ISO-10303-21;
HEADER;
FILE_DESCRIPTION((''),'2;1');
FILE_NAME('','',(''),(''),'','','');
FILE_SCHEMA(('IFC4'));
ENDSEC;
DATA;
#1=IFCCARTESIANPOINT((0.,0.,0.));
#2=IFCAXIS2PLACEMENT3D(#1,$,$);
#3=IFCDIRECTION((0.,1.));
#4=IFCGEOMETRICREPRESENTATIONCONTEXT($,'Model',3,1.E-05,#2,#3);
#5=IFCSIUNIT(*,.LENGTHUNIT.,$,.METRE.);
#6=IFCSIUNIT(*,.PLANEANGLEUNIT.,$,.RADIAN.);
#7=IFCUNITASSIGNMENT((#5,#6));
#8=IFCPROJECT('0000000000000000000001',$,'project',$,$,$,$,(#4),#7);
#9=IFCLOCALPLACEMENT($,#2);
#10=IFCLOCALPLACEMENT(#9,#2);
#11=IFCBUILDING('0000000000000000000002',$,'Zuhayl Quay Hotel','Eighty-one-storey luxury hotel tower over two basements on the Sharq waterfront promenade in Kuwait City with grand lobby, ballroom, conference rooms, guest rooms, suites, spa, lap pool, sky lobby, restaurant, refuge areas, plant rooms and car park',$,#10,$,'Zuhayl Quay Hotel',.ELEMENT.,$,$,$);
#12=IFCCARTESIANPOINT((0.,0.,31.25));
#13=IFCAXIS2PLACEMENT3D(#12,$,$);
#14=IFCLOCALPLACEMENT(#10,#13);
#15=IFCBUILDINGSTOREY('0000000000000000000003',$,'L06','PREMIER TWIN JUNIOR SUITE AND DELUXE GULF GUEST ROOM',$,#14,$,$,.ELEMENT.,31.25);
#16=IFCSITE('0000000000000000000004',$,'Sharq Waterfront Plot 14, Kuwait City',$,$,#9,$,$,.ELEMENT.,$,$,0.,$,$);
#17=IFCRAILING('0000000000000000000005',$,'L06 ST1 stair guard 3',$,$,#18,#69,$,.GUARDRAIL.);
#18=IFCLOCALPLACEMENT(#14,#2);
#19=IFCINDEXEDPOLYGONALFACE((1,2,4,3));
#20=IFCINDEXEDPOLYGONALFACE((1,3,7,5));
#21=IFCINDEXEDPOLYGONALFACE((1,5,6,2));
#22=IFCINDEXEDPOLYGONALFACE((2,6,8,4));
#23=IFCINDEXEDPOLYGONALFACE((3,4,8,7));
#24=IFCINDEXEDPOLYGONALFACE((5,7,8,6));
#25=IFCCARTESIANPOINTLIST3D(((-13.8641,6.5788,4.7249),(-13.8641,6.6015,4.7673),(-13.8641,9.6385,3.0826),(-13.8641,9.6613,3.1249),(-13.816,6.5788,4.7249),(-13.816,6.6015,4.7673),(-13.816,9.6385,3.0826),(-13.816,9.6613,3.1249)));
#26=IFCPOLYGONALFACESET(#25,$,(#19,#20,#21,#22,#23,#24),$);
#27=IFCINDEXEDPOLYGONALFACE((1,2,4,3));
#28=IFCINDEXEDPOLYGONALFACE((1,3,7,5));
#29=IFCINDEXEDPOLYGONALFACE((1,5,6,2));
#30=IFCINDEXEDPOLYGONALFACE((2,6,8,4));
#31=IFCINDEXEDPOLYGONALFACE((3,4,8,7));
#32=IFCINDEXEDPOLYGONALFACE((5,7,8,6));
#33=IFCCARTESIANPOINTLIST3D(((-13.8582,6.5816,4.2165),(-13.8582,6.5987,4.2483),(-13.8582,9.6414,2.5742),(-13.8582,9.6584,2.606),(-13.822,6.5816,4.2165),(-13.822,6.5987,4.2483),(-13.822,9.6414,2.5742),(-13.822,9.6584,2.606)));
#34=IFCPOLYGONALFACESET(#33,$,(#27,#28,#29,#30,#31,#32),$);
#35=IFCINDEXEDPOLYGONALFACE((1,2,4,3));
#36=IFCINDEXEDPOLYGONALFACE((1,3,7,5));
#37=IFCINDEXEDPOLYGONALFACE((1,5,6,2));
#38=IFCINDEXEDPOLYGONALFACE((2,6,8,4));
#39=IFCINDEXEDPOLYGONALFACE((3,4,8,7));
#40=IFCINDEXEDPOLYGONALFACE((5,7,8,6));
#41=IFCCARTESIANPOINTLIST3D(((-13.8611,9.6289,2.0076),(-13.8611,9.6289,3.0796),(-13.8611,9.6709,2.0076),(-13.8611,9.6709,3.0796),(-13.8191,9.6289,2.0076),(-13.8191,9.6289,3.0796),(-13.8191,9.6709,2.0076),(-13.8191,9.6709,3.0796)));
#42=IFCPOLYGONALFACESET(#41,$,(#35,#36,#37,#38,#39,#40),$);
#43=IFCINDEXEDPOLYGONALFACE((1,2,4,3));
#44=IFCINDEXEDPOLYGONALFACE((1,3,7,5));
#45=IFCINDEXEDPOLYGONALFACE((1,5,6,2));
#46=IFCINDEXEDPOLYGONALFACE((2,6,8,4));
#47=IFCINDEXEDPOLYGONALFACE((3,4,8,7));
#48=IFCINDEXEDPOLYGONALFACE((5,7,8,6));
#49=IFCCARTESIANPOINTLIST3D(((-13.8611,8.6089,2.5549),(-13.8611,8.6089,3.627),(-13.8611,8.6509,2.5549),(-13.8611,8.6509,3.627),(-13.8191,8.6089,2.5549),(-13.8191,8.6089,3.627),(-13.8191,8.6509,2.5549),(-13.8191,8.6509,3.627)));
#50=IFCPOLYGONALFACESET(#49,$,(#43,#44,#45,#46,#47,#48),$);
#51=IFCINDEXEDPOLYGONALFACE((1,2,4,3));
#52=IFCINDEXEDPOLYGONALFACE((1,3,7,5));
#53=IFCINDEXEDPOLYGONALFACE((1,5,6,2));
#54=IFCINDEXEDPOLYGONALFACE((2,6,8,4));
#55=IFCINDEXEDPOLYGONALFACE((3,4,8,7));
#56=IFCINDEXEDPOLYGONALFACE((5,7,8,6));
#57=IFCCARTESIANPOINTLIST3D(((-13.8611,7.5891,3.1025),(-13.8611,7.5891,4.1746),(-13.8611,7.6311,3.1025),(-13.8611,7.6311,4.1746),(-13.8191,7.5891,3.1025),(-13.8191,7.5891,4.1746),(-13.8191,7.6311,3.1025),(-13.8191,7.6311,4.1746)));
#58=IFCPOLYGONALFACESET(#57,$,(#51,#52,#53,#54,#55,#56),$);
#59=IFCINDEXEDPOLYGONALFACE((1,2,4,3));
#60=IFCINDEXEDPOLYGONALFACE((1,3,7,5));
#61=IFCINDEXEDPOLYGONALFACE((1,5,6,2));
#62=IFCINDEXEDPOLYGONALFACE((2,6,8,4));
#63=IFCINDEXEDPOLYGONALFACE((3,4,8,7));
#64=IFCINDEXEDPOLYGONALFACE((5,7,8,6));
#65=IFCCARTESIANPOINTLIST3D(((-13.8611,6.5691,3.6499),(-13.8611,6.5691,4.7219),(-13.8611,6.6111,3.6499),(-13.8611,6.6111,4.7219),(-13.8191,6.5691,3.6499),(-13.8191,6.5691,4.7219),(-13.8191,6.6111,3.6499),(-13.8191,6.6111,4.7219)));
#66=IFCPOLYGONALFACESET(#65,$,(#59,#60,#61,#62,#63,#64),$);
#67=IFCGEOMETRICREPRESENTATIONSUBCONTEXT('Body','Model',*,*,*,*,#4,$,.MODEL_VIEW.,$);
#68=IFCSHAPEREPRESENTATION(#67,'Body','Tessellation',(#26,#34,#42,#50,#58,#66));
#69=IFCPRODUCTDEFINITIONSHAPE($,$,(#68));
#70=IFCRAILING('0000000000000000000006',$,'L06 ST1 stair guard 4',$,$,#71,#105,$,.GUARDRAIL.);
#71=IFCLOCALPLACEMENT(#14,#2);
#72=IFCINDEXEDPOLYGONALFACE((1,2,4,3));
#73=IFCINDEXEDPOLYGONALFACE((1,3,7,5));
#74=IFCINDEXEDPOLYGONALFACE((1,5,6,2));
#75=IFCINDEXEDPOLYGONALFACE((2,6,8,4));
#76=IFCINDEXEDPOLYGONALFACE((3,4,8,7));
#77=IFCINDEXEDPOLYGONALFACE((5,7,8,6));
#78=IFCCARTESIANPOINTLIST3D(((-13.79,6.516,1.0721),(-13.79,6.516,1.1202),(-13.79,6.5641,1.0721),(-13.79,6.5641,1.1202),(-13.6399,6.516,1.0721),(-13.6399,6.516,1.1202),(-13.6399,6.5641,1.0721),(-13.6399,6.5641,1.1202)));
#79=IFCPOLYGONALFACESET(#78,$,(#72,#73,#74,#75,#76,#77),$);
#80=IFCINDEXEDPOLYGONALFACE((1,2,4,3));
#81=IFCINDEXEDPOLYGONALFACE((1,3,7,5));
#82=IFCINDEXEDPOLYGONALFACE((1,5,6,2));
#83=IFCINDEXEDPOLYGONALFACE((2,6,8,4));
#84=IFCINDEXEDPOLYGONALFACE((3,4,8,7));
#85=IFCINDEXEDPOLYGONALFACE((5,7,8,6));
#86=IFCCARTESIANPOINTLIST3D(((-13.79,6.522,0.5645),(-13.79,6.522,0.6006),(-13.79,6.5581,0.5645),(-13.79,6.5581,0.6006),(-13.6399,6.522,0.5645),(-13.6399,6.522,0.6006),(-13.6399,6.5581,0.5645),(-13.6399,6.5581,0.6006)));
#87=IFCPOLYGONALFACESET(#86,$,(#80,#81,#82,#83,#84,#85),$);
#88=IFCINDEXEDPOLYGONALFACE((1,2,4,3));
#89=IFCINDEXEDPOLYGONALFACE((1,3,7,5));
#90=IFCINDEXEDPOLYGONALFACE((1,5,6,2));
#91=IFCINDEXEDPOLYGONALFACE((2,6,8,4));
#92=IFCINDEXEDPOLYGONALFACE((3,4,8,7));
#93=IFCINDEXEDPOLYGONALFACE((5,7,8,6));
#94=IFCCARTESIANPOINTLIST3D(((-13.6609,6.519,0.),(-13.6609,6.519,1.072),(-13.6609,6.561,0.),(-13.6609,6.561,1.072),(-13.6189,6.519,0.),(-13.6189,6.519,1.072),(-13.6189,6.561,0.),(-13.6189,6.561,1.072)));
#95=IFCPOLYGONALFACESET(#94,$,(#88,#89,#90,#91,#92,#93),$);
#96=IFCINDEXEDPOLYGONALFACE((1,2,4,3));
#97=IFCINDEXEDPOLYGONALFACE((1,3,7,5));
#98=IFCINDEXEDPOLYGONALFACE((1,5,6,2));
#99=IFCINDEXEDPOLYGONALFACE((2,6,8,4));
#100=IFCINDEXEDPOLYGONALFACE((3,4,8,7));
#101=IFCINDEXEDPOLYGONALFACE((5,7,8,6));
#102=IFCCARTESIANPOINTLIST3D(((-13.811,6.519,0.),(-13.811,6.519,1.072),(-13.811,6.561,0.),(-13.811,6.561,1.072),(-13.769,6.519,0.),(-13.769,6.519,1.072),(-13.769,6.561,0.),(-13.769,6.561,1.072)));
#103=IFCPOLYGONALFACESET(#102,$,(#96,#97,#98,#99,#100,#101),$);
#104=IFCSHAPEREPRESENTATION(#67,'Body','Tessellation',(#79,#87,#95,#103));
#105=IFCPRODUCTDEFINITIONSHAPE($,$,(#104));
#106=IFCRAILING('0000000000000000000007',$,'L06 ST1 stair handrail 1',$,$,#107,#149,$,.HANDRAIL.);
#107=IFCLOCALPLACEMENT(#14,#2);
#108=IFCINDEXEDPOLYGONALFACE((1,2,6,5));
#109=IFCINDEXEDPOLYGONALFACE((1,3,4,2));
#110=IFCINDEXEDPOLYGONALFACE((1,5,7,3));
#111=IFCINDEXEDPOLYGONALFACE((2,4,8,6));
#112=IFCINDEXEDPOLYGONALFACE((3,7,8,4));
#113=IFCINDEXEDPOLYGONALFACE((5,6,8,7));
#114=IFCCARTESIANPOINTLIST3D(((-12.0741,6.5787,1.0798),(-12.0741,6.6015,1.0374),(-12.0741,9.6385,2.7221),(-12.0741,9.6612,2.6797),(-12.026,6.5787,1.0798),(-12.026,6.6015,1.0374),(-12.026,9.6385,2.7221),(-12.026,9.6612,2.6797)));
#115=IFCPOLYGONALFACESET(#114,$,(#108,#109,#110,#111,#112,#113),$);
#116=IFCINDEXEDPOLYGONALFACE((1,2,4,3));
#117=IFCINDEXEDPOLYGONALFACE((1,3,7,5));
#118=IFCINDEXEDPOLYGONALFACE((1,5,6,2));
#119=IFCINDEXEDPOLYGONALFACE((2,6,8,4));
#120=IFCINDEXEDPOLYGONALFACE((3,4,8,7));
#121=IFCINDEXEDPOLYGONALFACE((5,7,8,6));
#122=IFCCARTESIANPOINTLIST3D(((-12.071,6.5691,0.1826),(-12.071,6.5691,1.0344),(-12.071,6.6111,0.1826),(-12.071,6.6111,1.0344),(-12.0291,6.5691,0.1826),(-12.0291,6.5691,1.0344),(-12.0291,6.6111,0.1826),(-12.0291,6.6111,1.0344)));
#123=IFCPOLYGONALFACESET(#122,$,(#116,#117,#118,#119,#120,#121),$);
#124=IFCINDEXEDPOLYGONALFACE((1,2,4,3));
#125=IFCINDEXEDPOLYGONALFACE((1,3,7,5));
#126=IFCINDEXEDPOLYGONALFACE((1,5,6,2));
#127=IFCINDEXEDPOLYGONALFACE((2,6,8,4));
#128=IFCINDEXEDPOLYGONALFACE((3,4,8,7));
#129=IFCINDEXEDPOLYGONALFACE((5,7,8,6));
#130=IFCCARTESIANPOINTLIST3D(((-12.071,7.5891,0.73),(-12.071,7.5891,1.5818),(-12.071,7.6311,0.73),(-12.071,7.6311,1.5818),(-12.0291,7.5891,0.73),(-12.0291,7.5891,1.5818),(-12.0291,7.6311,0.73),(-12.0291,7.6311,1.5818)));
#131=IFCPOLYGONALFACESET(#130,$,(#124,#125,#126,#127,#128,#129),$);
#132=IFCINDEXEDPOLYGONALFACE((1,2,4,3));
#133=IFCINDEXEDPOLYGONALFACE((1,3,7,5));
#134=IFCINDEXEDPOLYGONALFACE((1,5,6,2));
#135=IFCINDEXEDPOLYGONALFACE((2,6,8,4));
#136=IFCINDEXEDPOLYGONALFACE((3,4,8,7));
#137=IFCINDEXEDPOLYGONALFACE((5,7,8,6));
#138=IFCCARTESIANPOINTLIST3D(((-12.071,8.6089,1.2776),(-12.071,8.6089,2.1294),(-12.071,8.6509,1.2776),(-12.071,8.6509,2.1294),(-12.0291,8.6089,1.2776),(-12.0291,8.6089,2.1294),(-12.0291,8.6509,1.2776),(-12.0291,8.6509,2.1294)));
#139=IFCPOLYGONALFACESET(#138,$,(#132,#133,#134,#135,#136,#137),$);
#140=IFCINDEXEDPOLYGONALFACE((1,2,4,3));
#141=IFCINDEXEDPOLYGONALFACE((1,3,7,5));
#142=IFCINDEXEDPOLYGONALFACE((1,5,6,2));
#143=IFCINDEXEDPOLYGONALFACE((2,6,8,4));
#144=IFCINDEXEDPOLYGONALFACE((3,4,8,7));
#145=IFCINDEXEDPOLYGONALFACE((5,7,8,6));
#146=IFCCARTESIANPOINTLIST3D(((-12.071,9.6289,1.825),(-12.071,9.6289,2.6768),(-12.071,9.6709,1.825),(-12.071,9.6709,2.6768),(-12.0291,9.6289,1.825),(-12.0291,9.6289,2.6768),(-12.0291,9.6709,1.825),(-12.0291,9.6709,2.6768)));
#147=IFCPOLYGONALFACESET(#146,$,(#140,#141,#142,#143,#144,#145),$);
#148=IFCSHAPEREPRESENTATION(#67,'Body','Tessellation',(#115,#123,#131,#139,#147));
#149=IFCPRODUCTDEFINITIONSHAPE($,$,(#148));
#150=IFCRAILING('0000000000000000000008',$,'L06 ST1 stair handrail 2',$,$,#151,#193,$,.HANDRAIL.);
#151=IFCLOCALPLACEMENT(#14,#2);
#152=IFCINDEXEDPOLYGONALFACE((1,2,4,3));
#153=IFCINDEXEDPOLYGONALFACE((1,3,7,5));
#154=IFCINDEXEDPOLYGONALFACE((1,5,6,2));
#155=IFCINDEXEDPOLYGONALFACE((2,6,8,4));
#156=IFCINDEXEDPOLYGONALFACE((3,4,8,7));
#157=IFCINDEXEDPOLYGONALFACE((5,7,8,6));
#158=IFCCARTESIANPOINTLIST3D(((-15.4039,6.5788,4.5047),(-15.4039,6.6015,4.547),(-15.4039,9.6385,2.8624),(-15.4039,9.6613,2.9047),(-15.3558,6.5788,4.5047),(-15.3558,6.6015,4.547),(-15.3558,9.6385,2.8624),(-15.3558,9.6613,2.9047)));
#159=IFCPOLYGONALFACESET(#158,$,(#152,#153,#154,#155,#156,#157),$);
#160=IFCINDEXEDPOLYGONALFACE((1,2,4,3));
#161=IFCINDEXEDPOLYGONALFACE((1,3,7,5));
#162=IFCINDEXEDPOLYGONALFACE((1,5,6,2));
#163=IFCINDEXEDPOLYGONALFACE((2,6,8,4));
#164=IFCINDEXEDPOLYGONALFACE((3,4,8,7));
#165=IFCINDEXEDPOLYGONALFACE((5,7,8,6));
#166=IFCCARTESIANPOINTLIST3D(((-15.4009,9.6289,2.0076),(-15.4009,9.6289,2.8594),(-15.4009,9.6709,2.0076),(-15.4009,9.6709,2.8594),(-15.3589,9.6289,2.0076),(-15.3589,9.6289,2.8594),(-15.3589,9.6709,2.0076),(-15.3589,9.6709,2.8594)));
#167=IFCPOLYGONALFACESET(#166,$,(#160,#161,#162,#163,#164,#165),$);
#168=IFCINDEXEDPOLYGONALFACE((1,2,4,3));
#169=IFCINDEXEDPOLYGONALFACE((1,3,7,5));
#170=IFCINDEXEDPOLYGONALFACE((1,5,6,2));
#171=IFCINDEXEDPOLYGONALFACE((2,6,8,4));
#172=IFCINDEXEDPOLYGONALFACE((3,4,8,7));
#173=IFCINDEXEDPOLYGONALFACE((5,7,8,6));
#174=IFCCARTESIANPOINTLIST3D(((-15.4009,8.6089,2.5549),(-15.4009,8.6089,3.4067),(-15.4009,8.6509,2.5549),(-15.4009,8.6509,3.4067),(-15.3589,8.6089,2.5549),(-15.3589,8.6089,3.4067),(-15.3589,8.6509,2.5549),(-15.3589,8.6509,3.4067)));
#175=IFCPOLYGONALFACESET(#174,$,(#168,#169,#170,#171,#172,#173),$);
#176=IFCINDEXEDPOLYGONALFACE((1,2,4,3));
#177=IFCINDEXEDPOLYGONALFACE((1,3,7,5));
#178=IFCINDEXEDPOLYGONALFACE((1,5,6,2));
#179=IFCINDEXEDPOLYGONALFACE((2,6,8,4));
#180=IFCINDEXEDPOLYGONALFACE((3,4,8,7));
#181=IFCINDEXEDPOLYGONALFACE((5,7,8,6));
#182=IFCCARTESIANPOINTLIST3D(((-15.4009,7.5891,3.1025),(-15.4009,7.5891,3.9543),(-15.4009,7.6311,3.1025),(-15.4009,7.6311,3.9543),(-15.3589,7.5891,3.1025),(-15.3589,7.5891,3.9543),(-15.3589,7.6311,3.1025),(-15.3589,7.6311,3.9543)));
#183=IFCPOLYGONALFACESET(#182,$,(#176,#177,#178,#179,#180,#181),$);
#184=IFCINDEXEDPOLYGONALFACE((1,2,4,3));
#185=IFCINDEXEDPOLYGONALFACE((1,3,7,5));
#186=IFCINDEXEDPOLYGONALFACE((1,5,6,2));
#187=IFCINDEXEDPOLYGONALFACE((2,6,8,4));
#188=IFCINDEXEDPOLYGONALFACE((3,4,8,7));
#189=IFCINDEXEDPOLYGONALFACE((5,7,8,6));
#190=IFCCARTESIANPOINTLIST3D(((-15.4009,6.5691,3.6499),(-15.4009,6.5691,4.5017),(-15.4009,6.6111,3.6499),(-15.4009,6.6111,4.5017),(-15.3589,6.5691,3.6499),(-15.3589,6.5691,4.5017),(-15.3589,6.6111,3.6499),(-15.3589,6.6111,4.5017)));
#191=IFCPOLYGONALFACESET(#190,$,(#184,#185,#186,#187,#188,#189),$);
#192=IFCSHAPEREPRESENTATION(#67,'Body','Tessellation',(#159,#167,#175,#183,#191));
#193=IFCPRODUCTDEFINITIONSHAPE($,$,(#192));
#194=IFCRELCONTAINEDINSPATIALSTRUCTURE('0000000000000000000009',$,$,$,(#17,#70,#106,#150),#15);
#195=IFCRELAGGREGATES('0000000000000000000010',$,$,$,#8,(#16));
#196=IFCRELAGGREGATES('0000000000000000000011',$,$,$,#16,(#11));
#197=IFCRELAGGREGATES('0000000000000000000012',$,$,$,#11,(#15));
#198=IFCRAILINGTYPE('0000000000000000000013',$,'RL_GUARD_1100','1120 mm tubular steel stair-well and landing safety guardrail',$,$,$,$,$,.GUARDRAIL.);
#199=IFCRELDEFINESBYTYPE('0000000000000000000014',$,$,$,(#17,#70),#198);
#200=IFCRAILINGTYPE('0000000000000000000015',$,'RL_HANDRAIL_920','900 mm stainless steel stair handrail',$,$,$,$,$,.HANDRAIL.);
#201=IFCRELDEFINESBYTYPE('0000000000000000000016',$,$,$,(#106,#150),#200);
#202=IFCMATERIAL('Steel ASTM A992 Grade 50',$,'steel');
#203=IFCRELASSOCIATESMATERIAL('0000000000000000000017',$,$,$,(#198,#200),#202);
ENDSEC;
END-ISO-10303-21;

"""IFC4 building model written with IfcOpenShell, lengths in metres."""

from ifc_helpers import new_model, si_unit, direction, frame, origin, origin_2d, place, context, subcontext, project, spatial, rectangle, extrude, material, type_object, element, save


model = new_model("IFC4")

# Units and contexts
model_context = context("Model", 3, precision=1e-05, world=origin(), true_north=direction((0.0, 1.0)))
body_context = subcontext(model_context, "Body", "Model", "MODEL_VIEW")
ifc_project = project(units=[si_unit("LENGTHUNIT", "METRE"), si_unit("PLANEANGLEUNIT", "RADIAN")], contexts=[model_context])

# Site, building, storey
site_placement = place(None, origin())
site = spatial("IfcSite", under=ifc_project, at=site_placement, Name="Sharq Waterfront Plot 14, Kuwait City", CompositionType="ELEMENT", RefElevation=0.0)
building_placement = place(site_placement, origin())
building = spatial("IfcBuilding", under=site, at=building_placement, Name="Zuhayl Quay Hotel", Description="Eighty-one-storey luxury hotel tower over two basements on the Sharq waterfront promenade in Kuwait City with grand lobby, ballroom, conference rooms, guest rooms, suites, spa, lap pool, sky lobby, restaurant, refuge areas, plant rooms and car park", LongName="Zuhayl Quay Hotel", CompositionType="ELEMENT")
storey_placement = place(building_placement, frame((0.0, 0.0, 31.25)))
storey = spatial("IfcBuildingStorey", under=building, at=storey_placement, Name="L06", Description="PREMIER TWIN JUNIOR SUITE AND DELUXE GULF GUEST ROOM", CompositionType="ELEMENT", Elevation=31.25)

# Shared definitions
ifc_material_1 = material(Name="Steel ASTM A992 Grade 50", Category="steel")

# Railings
railing_type_1 = type_object("IfcRailingType", Name="RL_GUARD_1100", Description="1120 mm tubular steel stair-well and landing safety guardrail", PredefinedType="GUARDRAIL", material=ifc_material_1)
railing_1_placement = place(storey_placement, frame((-13.8401, 9.6499, 2.0076)))
element("IfcRailing", 1, at=railing_1_placement, inside=storey, type_object=railing_type_1, Name="L06 ST1 stair guard 3", PredefinedType="GUARDRAIL", context=body_context, shape_type="SweptSolid", body=[
    extrude(rectangle(XDim=0.0481, YDim=0.0481, at=origin_2d()), frame((0.0, 0.0, 1.0962), z_axis=(0.0, -0.881102, 0.472926), x_axis=(1.0, 0.0, 0.0)), (0.0, 0.0, 1.0), 3.4727),
    extrude(rectangle(XDim=0.0361, YDim=0.0361, at=origin_2d()), frame((0.0, 0.0, 0.5825), z_axis=(0.0, -0.881102, 0.472926), x_axis=(1.0, 0.0, 0.0)), (0.0, 0.0, 1.0), 3.4727),
    extrude(rectangle(XDim=0.042, YDim=0.042, at=origin_2d()), origin(), (0.0, 0.0, 1.0), 1.072),
    extrude(rectangle(XDim=0.042, YDim=0.042, at=origin_2d()), frame((0.0, -1.02, 0.5474)), (0.0, 0.0, 1.0), 1.072),
    extrude(rectangle(XDim=0.042, YDim=0.042, at=origin_2d()), frame((0.0, -2.0398, 1.095)), (0.0, 0.0, 1.0), 1.072),
    extrude(rectangle(XDim=0.042, YDim=0.042, at=origin_2d()), frame((0.0, -3.0598, 1.6423)), (0.0, 0.0, 1.0), 1.072),
])
railing_2_placement = place(storey_placement, frame((-13.6399, 6.54, 0.0)))
element("IfcRailing", 2, at=railing_2_placement, inside=storey, type_object=railing_type_1, Name="L06 ST1 stair guard 4", PredefinedType="GUARDRAIL", context=body_context, shape_type="SweptSolid", body=[
    extrude(rectangle(XDim=0.0481, YDim=0.0481, at=origin_2d()), frame((0.0, 0.0, 1.0962), z_axis=(-1.0, 0.0, 0.0), x_axis=(0.0, -1.0, 0.0)), (0.0, 0.0, 1.0), 0.1501),
    extrude(rectangle(XDim=0.0361, YDim=0.0361, at=origin_2d()), frame((0.0, 0.0, 0.5825), z_axis=(-1.0, 0.0, 0.0), x_axis=(0.0, -1.0, 0.0)), (0.0, 0.0, 1.0), 0.1501),
    extrude(rectangle(XDim=0.042, YDim=0.042, at=origin_2d()), origin(), (0.0, 0.0, 1.0), 1.072),
    extrude(rectangle(XDim=0.042, YDim=0.042, at=origin_2d()), frame((-0.1501, 0.0, 0.0)), (0.0, 0.0, 1.0), 1.072),
])
railing_type_2 = type_object("IfcRailingType", Name="RL_HANDRAIL_920", Description="900 mm stainless steel stair handrail", PredefinedType="HANDRAIL", material=ifc_material_1)
railing_3_placement = place(storey_placement, frame((-12.05, 6.5901, 0.1826)))
element("IfcRailing", 3, at=railing_3_placement, inside=storey, type_object=railing_type_2, Name="L06 ST1 stair handrail 1", PredefinedType="HANDRAIL", context=body_context, shape_type="SweptSolid", body=[
    extrude(rectangle(XDim=0.0481, YDim=0.0481, at=origin_2d()), frame((0.0, 0.0, 0.876), z_axis=(0.0, 0.881102, 0.472926), x_axis=(-1.0, 0.0, 0.0)), (0.0, 0.0, 1.0), 3.4727),
    extrude(rectangle(XDim=0.042, YDim=0.042, at=origin_2d()), origin(), (0.0, 0.0, 1.0), 0.8518),
    extrude(rectangle(XDim=0.042, YDim=0.042, at=origin_2d()), frame((0.0, 1.02, 0.5474)), (0.0, 0.0, 1.0), 0.8518),
    extrude(rectangle(XDim=0.042, YDim=0.042, at=origin_2d()), frame((0.0, 2.0398, 1.095)), (0.0, 0.0, 1.0), 0.8518),
    extrude(rectangle(XDim=0.042, YDim=0.042, at=origin_2d()), frame((0.0, 3.0598, 1.6423)), (0.0, 0.0, 1.0), 0.8518),
])
railing_4_placement = place(storey_placement, frame((-15.3799, 9.6499, 2.0076)))
element("IfcRailing", 4, at=railing_4_placement, inside=storey, type_object=railing_type_2, Name="L06 ST1 stair handrail 2", PredefinedType="HANDRAIL", context=body_context, shape_type="SweptSolid", body=[
    extrude(rectangle(XDim=0.0481, YDim=0.0481, at=origin_2d()), frame((0.0, 0.0, 0.876), z_axis=(0.0, -0.881102, 0.472926), x_axis=(1.0, 0.0, 0.0)), (0.0, 0.0, 1.0), 3.4727),
    extrude(rectangle(XDim=0.042, YDim=0.042, at=origin_2d()), origin(), (0.0, 0.0, 1.0), 0.8518),
    extrude(rectangle(XDim=0.042, YDim=0.042, at=origin_2d()), frame((0.0, -1.02, 0.5474)), (0.0, 0.0, 1.0), 0.8518),
    extrude(rectangle(XDim=0.042, YDim=0.042, at=origin_2d()), frame((0.0, -2.0398, 1.095)), (0.0, 0.0, 1.0), 0.8518),
    extrude(rectangle(XDim=0.042, YDim=0.042, at=origin_2d()), frame((0.0, -3.0598, 1.6423)), (0.0, 0.0, 1.0), 0.8518),
])

save(model, "model.ifc")
